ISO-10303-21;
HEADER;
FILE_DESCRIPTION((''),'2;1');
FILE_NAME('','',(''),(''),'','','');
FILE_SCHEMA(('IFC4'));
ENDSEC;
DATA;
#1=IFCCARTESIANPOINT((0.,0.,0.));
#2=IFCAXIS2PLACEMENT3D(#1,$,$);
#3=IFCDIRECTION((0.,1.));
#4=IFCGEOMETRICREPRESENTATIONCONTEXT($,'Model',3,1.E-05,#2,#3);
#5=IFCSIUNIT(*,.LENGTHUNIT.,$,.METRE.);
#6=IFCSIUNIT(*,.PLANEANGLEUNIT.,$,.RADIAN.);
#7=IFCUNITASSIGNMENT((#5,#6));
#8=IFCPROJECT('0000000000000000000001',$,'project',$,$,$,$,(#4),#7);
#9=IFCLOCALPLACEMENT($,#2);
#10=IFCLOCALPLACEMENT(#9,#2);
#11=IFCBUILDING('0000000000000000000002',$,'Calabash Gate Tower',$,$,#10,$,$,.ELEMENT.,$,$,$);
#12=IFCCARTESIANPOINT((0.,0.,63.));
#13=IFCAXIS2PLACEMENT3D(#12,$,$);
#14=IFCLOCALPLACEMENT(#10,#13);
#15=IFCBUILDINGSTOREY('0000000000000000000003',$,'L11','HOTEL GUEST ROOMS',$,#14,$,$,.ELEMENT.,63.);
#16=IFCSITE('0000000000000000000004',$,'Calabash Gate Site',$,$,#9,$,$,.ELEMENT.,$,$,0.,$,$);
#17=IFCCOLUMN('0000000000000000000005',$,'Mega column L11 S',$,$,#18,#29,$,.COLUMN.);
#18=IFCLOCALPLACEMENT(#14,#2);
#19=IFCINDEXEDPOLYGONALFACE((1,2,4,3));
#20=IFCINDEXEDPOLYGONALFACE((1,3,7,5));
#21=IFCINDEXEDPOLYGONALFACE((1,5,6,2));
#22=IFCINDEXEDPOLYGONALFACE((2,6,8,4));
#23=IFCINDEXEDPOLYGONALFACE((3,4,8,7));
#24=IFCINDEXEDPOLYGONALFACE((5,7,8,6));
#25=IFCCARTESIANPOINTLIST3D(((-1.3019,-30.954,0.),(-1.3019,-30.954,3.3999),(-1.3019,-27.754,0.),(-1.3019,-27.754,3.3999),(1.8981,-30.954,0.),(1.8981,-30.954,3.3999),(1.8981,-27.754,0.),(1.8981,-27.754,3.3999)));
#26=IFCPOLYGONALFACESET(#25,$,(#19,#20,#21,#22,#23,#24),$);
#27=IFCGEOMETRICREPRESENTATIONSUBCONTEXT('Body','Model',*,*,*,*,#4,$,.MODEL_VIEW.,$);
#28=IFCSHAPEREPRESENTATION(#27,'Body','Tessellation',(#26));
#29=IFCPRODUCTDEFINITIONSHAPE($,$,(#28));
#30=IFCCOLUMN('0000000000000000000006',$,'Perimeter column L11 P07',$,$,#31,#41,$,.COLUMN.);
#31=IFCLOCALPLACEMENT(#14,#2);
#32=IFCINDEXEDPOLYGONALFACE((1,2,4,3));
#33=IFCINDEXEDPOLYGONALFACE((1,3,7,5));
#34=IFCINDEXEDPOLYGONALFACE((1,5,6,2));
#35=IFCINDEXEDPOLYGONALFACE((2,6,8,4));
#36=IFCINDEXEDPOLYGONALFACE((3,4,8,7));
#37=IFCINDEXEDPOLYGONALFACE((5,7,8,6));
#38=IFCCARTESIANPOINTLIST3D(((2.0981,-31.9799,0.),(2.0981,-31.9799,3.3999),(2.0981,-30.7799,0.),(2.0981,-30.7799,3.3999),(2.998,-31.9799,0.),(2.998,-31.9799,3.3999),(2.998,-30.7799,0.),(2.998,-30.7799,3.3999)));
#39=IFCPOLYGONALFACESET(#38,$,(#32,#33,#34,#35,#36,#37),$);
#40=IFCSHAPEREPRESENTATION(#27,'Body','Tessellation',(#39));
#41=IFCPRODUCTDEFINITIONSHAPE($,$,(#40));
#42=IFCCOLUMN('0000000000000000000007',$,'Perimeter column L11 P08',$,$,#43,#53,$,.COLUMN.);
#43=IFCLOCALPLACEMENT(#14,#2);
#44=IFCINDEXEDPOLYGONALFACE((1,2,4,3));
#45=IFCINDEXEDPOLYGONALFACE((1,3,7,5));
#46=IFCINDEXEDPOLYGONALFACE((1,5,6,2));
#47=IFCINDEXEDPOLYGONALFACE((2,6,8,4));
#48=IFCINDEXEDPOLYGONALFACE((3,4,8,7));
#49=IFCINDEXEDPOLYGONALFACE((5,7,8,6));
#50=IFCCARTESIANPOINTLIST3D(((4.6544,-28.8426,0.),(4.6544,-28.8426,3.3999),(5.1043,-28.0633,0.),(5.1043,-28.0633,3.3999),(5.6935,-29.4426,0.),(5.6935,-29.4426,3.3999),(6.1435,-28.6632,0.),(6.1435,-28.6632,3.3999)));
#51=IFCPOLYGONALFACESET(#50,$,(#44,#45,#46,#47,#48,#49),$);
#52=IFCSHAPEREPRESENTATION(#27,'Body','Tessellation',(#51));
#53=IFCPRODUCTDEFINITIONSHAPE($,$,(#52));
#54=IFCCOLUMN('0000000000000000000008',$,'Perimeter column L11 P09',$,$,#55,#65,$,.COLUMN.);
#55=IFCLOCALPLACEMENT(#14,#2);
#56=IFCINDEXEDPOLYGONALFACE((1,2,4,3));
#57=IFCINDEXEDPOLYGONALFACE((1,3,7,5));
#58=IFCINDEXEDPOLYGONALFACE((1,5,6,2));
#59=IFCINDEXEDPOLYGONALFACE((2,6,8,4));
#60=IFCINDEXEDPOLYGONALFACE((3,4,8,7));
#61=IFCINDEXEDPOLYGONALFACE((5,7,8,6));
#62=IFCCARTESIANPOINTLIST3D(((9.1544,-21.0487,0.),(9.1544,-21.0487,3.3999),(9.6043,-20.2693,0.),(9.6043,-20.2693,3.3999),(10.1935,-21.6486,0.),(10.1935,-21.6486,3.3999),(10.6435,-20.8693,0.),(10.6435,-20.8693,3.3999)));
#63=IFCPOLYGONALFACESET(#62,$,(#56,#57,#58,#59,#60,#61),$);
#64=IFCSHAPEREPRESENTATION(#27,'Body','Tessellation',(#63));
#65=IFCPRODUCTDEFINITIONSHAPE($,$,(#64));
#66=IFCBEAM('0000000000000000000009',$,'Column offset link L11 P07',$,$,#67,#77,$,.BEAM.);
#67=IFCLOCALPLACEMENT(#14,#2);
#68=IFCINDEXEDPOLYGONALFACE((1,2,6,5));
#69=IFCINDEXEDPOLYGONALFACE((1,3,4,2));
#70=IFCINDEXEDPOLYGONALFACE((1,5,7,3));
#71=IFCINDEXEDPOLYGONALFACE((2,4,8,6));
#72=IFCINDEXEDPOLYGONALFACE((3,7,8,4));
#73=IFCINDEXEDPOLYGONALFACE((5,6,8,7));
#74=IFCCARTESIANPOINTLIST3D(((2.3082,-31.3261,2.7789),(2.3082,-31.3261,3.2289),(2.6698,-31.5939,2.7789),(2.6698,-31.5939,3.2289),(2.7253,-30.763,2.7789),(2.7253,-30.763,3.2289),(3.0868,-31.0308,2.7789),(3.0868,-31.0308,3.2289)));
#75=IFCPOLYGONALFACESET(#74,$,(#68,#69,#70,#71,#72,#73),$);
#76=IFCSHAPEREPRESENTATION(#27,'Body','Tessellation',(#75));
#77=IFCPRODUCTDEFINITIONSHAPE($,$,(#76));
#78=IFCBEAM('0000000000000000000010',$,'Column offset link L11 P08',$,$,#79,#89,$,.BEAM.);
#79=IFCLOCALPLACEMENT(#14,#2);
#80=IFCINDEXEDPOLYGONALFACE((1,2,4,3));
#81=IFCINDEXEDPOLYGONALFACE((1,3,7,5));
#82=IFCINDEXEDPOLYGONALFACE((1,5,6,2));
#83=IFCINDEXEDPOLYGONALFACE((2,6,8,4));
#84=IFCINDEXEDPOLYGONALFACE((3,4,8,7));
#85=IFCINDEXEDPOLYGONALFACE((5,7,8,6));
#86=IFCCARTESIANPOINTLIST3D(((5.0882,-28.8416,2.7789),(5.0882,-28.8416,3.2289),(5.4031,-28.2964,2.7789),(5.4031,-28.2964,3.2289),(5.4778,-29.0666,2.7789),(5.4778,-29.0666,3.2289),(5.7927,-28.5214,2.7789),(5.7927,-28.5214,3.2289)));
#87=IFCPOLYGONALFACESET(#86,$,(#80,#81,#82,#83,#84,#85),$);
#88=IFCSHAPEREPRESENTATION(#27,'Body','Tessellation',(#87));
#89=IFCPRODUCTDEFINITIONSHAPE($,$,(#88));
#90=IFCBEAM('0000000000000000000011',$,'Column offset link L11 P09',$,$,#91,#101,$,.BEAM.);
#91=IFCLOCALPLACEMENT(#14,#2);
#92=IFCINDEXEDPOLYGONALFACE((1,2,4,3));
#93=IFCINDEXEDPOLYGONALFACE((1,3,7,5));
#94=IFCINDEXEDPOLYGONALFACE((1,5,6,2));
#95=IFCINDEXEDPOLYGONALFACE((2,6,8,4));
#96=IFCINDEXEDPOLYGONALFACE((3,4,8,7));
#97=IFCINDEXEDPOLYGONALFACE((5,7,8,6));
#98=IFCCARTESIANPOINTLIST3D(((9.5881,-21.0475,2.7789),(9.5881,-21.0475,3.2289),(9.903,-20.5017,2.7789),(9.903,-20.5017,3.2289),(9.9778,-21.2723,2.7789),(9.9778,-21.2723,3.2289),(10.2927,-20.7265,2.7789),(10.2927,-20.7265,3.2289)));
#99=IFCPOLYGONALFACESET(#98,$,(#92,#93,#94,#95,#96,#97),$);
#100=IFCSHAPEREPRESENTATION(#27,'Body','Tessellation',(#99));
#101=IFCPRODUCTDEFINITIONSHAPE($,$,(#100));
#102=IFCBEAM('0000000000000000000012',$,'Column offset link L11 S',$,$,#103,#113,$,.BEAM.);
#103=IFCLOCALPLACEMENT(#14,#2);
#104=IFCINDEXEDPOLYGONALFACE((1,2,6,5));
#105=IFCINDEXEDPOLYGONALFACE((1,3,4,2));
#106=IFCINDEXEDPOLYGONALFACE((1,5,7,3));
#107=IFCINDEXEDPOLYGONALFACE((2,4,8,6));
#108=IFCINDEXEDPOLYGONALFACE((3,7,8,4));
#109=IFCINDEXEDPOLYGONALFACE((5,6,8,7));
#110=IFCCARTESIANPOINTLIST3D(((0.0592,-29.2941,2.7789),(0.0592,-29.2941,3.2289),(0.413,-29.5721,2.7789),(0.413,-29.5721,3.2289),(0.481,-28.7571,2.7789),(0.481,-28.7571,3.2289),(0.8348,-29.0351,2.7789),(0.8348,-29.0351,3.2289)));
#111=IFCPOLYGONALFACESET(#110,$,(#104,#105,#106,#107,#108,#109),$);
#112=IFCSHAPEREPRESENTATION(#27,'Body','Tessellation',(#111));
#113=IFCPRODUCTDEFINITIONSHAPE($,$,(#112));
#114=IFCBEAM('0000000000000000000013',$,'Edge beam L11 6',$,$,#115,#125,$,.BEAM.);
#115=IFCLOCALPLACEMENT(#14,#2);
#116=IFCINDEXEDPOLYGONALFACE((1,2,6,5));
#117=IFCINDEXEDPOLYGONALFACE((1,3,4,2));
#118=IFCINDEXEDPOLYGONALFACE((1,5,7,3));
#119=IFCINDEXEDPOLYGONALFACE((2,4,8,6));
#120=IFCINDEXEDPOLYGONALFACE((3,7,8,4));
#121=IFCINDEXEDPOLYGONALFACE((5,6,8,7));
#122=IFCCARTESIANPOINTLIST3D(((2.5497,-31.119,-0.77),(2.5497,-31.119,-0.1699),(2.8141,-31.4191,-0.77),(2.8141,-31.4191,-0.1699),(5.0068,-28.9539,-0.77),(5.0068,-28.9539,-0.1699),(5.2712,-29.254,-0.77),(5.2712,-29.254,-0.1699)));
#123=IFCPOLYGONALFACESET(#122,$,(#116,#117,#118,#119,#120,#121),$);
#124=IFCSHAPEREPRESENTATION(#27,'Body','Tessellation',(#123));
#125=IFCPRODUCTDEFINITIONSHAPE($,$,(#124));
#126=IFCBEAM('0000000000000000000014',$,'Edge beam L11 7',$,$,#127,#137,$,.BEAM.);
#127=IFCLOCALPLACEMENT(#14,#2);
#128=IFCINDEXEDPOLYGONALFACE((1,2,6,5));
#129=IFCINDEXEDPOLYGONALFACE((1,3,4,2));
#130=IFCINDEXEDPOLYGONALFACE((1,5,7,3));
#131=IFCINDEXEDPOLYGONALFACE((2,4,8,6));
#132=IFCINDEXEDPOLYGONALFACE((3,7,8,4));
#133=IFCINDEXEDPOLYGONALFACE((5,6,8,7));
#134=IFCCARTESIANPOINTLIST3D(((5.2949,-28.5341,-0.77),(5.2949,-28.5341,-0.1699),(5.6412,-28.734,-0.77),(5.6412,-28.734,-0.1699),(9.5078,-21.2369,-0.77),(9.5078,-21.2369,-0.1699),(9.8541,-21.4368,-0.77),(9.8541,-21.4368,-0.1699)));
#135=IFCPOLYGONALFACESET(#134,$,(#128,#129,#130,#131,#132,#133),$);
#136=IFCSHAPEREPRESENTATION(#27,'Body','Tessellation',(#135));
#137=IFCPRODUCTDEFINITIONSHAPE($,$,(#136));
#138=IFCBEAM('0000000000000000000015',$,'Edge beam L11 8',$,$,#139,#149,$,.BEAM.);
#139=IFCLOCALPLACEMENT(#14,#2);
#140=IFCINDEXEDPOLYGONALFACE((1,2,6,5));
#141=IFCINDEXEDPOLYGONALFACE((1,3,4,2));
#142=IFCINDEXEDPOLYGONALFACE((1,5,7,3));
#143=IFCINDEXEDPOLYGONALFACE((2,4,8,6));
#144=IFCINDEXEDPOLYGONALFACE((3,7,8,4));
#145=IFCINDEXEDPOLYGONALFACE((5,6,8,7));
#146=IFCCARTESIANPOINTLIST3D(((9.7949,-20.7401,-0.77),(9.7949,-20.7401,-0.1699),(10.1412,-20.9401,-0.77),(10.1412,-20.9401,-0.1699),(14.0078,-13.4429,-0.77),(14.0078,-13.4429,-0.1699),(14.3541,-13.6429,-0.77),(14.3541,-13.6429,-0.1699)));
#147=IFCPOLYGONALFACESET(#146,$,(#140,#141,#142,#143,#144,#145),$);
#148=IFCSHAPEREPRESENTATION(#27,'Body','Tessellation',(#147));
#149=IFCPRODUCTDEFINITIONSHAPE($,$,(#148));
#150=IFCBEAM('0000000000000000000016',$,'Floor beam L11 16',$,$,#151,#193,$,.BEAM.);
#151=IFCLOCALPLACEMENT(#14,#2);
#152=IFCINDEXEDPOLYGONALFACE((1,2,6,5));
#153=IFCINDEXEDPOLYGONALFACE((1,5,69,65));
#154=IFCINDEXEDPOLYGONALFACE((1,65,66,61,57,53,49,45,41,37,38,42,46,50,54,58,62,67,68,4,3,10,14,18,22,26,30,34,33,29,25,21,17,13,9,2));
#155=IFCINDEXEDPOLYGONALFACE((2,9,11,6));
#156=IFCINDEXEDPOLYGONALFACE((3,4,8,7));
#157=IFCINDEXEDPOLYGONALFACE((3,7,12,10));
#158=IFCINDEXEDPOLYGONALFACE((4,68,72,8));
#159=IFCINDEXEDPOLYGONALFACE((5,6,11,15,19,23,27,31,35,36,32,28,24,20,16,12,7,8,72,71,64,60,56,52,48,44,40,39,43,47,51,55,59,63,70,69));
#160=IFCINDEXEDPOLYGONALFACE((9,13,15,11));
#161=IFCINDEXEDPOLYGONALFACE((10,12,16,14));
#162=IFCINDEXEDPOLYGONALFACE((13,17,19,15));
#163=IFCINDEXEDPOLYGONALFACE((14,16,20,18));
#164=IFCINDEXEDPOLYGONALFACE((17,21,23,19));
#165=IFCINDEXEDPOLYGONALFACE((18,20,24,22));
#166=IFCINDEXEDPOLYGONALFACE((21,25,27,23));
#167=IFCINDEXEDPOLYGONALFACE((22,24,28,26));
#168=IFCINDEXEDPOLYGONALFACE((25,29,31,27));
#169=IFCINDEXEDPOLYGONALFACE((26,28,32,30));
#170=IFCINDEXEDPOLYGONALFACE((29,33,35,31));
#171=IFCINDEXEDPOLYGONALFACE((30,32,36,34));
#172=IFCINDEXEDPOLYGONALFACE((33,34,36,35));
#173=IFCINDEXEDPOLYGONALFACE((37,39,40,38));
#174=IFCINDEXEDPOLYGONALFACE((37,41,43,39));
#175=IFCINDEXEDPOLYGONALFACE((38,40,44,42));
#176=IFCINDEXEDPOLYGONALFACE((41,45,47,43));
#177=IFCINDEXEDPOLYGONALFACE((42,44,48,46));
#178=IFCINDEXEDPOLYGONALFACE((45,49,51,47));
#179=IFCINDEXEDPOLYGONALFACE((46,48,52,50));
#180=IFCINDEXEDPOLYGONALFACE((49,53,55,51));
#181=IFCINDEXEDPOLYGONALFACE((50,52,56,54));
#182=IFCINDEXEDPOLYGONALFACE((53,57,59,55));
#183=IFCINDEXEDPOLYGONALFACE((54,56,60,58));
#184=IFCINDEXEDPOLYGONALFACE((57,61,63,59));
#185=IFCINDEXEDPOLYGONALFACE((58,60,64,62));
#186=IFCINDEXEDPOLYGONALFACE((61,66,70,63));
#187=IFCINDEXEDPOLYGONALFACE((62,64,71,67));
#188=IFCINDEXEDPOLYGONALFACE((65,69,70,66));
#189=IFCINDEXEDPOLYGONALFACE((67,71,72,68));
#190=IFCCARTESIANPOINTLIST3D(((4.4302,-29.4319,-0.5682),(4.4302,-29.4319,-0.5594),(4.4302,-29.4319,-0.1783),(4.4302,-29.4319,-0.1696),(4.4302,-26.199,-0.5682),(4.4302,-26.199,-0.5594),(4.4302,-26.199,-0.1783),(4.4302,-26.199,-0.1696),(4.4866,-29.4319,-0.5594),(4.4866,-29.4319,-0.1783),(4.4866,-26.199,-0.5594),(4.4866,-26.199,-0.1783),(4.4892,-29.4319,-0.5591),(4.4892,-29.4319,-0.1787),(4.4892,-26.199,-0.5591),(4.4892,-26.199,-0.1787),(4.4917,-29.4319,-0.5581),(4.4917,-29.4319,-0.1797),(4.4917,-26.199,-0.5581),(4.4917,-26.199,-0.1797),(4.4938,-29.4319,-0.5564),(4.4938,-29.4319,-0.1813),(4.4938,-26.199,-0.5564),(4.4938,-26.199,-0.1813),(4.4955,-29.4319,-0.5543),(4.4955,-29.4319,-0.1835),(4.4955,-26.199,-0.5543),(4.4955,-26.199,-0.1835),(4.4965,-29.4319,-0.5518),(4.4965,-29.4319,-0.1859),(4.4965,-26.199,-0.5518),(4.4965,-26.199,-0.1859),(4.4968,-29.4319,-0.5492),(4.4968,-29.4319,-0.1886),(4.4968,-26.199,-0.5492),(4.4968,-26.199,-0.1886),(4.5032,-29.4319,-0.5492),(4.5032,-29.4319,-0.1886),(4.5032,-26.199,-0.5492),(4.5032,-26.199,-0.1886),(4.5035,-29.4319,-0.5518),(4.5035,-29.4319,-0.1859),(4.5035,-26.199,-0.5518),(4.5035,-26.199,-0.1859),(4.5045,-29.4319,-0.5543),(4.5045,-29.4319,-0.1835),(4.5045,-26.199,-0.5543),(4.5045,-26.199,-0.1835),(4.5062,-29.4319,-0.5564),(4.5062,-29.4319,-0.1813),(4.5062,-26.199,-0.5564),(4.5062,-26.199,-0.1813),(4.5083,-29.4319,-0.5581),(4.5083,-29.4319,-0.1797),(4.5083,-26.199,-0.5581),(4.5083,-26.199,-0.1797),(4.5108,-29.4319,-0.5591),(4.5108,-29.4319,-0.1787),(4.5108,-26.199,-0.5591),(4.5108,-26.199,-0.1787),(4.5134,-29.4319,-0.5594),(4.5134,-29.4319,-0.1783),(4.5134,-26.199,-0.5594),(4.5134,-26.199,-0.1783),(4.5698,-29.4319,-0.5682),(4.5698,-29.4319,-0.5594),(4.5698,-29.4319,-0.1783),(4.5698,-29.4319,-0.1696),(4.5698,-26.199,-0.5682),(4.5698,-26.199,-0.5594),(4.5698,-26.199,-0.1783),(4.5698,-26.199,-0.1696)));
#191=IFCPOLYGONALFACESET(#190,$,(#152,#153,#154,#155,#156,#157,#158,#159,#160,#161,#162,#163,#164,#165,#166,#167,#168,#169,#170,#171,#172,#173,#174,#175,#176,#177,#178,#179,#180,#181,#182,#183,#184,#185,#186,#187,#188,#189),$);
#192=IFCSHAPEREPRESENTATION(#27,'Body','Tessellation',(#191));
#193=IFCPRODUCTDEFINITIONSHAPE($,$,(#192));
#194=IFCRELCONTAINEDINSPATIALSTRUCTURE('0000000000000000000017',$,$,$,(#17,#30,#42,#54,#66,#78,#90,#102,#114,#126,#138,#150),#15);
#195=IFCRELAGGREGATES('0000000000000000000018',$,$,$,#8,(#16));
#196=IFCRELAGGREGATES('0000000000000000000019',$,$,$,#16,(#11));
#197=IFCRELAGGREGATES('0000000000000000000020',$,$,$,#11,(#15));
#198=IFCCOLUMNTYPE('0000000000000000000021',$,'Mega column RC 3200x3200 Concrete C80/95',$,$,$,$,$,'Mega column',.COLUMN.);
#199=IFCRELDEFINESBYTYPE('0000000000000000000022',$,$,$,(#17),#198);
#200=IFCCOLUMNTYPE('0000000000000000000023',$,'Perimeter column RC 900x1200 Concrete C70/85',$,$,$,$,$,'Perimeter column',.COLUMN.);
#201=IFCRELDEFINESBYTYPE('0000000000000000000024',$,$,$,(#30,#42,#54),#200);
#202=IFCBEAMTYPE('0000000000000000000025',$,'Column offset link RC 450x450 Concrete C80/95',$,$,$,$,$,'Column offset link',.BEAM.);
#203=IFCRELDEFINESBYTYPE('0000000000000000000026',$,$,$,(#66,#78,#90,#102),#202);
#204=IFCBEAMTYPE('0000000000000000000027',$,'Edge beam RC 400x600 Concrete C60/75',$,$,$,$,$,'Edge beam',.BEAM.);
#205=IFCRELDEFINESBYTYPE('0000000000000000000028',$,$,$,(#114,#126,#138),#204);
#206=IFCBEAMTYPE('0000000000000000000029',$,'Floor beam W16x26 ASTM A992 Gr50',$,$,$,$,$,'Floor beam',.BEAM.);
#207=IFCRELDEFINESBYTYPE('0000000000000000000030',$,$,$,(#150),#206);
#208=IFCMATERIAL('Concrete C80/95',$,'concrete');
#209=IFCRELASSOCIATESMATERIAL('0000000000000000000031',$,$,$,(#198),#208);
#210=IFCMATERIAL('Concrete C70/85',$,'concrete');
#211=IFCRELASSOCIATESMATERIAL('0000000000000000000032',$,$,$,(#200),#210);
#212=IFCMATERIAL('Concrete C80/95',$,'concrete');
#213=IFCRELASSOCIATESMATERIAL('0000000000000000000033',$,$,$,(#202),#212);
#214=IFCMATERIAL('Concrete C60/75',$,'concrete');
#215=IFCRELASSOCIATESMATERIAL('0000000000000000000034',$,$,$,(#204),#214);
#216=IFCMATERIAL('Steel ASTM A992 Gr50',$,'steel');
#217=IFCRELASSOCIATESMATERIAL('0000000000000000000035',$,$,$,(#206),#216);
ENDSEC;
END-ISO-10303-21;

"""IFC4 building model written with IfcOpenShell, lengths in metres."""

from ifc_helpers import new_model, si_unit, direction, frame, origin, origin_2d, place, context, subcontext, project, spatial, rectangle, i_section, extrude, material, material_profile, profile_set, type_object, element, save


model = new_model("IFC4")

# Units and contexts
model_context = context("Model", 3, precision=1e-05, world=origin(), true_north=direction((0.0, 1.0)))
body_context = subcontext(model_context, "Body", "Model", "MODEL_VIEW")
ifc_project = project(units=[si_unit("LENGTHUNIT", "METRE"), si_unit("PLANEANGLEUNIT", "RADIAN")], contexts=[model_context])

# Site, building, storey
site_placement = place(None, origin())
site = spatial("IfcSite", under=ifc_project, at=site_placement, Name="Calabash Gate Site", CompositionType="ELEMENT", RefElevation=0.0)
building_placement = place(site_placement, origin())
building = spatial("IfcBuilding", under=site, at=building_placement, Name="Calabash Gate Tower", CompositionType="ELEMENT")
storey_placement = place(building_placement, frame((0.0, 0.0, 63.0)))
storey = spatial("IfcBuildingStorey", under=building, at=storey_placement, Name="L11", Description="HOTEL GUEST ROOMS", CompositionType="ELEMENT", Elevation=63.0)

# Columns
ifc_material_1 = material(Name="Concrete C80/95", Category="concrete")
ifc_material_profile_1 = material_profile(ifc_material_1, rectangle(XDim=3.2, YDim=3.2, at=origin_2d()))
ifc_profile_set_1 = profile_set([ifc_material_profile_1], Name="Concrete C80/95")
column_type_1 = type_object("IfcColumnType", Name="Mega column RC 3200x3200 Concrete C80/95", ElementType="Mega column", PredefinedType="COLUMN", material=ifc_profile_set_1)
column_placement = place(storey_placement, frame((0.2981, -29.354, 0.0), z_axis=(0.0, 0.0, 1.0), x_axis=(0.0, 1.0, 0.0)))
element("IfcColumn", 1, at=column_placement, inside=storey, type_object=column_type_1, Name="Mega column L11 S", PredefinedType="COLUMN", context=body_context, shape_type="SweptSolid", body=[
    extrude(rectangle(XDim=3.2, YDim=3.2, at=origin_2d()), origin(), (0.0, 0.0, 1.0), 3.3999),
])
ifc_material_2 = material(Name="Concrete C70/85", Category="concrete")
ifc_material_profile_2 = material_profile(ifc_material_2, rectangle(XDim=0.8999, YDim=1.2, at=origin_2d()))
ifc_profile_set_2 = profile_set([ifc_material_profile_2], Name="Concrete C70/85")
column_type_2 = type_object("IfcColumnType", Name="Perimeter column RC 900x1200 Concrete C70/85", ElementType="Perimeter column", PredefinedType="COLUMN", material=ifc_profile_set_2)
for number, where, z_axis, x_axis, name in (
    (2, (2.5481, -31.3799, 0.0), (0.0, 0.0, 1.0), (1.0, 0.0, 0.0), "Perimeter column L11 P07"),
    (3, (5.3989, -28.7529, 0.0), (0.0, 0.0, 1.0), (0.5, 0.866025, 0.0), "Perimeter column L11 P08"),
    (4, (9.8989, -20.959, 0.0), (0.0, 0.0, 1.0), (0.5, 0.866025, 0.0), "Perimeter column L11 P09"),
):
    element("IfcColumn", number, at=place(storey_placement, frame(where, z_axis=z_axis, x_axis=x_axis)), inside=storey, type_object=column_type_2, Name=name, PredefinedType="COLUMN", context=body_context, shape_type="SweptSolid", body=[
        extrude(rectangle(XDim=0.8999, YDim=1.2, at=origin_2d()), origin(), (0.0, 0.0, 1.0), 3.3999),
    ])

# Beams
ifc_material_3 = material(Name="Concrete C80/95", Category="concrete")
ifc_material_profile_3 = material_profile(ifc_material_3, rectangle(XDim=0.45, YDim=0.45, at=origin_2d()))
ifc_profile_set_3 = profile_set([ifc_material_profile_3], Name="Concrete C80/95")
beam_type_1 = type_object("IfcBeamType", Name="Column offset link RC 450x450 Concrete C80/95", ElementType="Column offset link", PredefinedType="BEAM", material=ifc_profile_set_3)
beam_1_placement = place(storey_placement, frame((2.489, -31.46, 3.0039), z_axis=(0.595194, 0.803582, 0.0), x_axis=(-0.803582, 0.595194, 0.0)))
element("IfcBeam", 5, at=beam_1_placement, inside=storey, type_object=beam_type_1, Name="Column offset link L11 P07", PredefinedType="BEAM", context=body_context, shape_type="SweptSolid", body=[
    extrude(rectangle(XDim=0.45, YDim=0.45, at=origin_2d()), origin(), (0.0, 0.0, 1.0), 0.7007),
])
beam_2_placement = place(storey_placement, frame((5.283, -28.9541, 3.0039), z_axis=(0.500226, 0.865895, 0.0), x_axis=(-0.865895, 0.500226, 0.0)))
element("IfcBeam", 6, at=beam_2_placement, inside=storey, type_object=beam_type_1, Name="Column offset link L11 P08", PredefinedType="BEAM", context=body_context, shape_type="SweptSolid", body=[
    extrude(rectangle(XDim=0.45, YDim=0.45, at=origin_2d()), origin(), (0.0, 0.0, 1.0), 0.6296),
])
beam_3_placement = place(storey_placement, frame((9.783, -21.1599, 3.0039), z_axis=(0.499722, 0.866186, 0.0), x_axis=(-0.866186, 0.499722, 0.0)))
element("IfcBeam", 7, at=beam_3_placement, inside=storey, type_object=beam_type_1, Name="Column offset link L11 P09", PredefinedType="BEAM", context=body_context, shape_type="SweptSolid", body=[
    extrude(rectangle(XDim=0.45, YDim=0.45, at=origin_2d()), origin(), (0.0, 0.0, 1.0), 0.6301),
])
beam_4_placement = place(storey_placement, frame((0.2361, -29.4331, 3.0039), z_axis=(0.617695, 0.786418, 0.0), x_axis=(-0.786418, 0.617695, 0.0)))
element("IfcBeam", 8, at=beam_4_placement, inside=storey, type_object=beam_type_1, Name="Column offset link L11 S", PredefinedType="BEAM", context=body_context, shape_type="SweptSolid", body=[
    extrude(rectangle(XDim=0.45, YDim=0.45, at=origin_2d()), origin(), (0.0, 0.0, 1.0), 0.6829),
])
ifc_material_4 = material(Name="Concrete C60/75", Category="concrete")
ifc_material_profile_4 = material_profile(ifc_material_4, rectangle(XDim=0.3999, YDim=0.6001, at=origin_2d()))
ifc_profile_set_4 = profile_set([ifc_material_profile_4], Name="Concrete C60/75")
beam_type_2 = type_object("IfcBeamType", Name="Edge beam RC 400x600 Concrete C60/75", ElementType="Edge beam", PredefinedType="BEAM", material=ifc_profile_set_4)
beam_5_placement = place(storey_placement, frame((2.6819, -31.269, -0.47), z_axis=(0.750282, 0.661118, 0.0), x_axis=(-0.661118, 0.750282, 0.0)))
element("IfcBeam", 9, at=beam_5_placement, inside=storey, type_object=beam_type_2, Name="Edge beam L11 6", PredefinedType="BEAM", context=body_context, shape_type="SweptSolid", body=[
    extrude(rectangle(XDim=0.3999, YDim=0.6001, at=origin_2d()), origin(), (0.0, 0.0, 1.0), 3.2749),
])
for number, where, z_axis, x_axis, name in (
    (10, (5.468, -28.634, -0.47), (0.499991, 0.866031, 0.0), (-0.866031, 0.499991, 0.0), "Edge beam L11 7"),
    (11, (9.968, -20.8401, -0.47), (0.499991, 0.866031, 0.0), (-0.866031, 0.499991, 0.0), "Edge beam L11 8"),
):
    element("IfcBeam", number, at=place(storey_placement, frame(where, z_axis=z_axis, x_axis=x_axis)), inside=storey, type_object=beam_type_2, Name=name, PredefinedType="BEAM", context=body_context, shape_type="SweptSolid", body=[
        extrude(rectangle(XDim=0.3999, YDim=0.6001, at=origin_2d()), origin(), (0.0, 0.0, 1.0), 8.426),
    ])
ifc_material_5 = material(Name="Steel ASTM A992 Gr50", Category="steel")
ifc_material_profile_5 = material_profile(ifc_material_5, i_section(OverallWidth=0.1396, OverallDepth=0.3987, WebThickness=0.0063, FlangeThickness=0.0088, FilletRadius=0.0103, at=origin_2d()))
ifc_profile_set_5 = profile_set([ifc_material_profile_5], Name="Steel ASTM A992 Gr50")
beam_type_3 = type_object("IfcBeamType", Name="Floor beam W16x26 ASTM A992 Gr50", ElementType="Floor beam", PredefinedType="BEAM", material=ifc_profile_set_5)
beam_6_placement = place(storey_placement, frame((4.5, -29.4319, -0.3689), z_axis=(0.0, 1.0, 0.0), x_axis=(-1.0, 0.0, 0.0)))
element("IfcBeam", 12, at=beam_6_placement, inside=storey, type_object=beam_type_3, Name="Floor beam L11 16", PredefinedType="BEAM", context=body_context, shape_type="SweptSolid", body=[
    extrude(i_section(OverallWidth=0.1396, OverallDepth=0.3987, WebThickness=0.0063, FlangeThickness=0.0088, FilletRadius=0.0103, at=origin_2d()), origin(), (0.0, 0.0, 1.0), 3.2329),
])

save(model, "model.ifc")
